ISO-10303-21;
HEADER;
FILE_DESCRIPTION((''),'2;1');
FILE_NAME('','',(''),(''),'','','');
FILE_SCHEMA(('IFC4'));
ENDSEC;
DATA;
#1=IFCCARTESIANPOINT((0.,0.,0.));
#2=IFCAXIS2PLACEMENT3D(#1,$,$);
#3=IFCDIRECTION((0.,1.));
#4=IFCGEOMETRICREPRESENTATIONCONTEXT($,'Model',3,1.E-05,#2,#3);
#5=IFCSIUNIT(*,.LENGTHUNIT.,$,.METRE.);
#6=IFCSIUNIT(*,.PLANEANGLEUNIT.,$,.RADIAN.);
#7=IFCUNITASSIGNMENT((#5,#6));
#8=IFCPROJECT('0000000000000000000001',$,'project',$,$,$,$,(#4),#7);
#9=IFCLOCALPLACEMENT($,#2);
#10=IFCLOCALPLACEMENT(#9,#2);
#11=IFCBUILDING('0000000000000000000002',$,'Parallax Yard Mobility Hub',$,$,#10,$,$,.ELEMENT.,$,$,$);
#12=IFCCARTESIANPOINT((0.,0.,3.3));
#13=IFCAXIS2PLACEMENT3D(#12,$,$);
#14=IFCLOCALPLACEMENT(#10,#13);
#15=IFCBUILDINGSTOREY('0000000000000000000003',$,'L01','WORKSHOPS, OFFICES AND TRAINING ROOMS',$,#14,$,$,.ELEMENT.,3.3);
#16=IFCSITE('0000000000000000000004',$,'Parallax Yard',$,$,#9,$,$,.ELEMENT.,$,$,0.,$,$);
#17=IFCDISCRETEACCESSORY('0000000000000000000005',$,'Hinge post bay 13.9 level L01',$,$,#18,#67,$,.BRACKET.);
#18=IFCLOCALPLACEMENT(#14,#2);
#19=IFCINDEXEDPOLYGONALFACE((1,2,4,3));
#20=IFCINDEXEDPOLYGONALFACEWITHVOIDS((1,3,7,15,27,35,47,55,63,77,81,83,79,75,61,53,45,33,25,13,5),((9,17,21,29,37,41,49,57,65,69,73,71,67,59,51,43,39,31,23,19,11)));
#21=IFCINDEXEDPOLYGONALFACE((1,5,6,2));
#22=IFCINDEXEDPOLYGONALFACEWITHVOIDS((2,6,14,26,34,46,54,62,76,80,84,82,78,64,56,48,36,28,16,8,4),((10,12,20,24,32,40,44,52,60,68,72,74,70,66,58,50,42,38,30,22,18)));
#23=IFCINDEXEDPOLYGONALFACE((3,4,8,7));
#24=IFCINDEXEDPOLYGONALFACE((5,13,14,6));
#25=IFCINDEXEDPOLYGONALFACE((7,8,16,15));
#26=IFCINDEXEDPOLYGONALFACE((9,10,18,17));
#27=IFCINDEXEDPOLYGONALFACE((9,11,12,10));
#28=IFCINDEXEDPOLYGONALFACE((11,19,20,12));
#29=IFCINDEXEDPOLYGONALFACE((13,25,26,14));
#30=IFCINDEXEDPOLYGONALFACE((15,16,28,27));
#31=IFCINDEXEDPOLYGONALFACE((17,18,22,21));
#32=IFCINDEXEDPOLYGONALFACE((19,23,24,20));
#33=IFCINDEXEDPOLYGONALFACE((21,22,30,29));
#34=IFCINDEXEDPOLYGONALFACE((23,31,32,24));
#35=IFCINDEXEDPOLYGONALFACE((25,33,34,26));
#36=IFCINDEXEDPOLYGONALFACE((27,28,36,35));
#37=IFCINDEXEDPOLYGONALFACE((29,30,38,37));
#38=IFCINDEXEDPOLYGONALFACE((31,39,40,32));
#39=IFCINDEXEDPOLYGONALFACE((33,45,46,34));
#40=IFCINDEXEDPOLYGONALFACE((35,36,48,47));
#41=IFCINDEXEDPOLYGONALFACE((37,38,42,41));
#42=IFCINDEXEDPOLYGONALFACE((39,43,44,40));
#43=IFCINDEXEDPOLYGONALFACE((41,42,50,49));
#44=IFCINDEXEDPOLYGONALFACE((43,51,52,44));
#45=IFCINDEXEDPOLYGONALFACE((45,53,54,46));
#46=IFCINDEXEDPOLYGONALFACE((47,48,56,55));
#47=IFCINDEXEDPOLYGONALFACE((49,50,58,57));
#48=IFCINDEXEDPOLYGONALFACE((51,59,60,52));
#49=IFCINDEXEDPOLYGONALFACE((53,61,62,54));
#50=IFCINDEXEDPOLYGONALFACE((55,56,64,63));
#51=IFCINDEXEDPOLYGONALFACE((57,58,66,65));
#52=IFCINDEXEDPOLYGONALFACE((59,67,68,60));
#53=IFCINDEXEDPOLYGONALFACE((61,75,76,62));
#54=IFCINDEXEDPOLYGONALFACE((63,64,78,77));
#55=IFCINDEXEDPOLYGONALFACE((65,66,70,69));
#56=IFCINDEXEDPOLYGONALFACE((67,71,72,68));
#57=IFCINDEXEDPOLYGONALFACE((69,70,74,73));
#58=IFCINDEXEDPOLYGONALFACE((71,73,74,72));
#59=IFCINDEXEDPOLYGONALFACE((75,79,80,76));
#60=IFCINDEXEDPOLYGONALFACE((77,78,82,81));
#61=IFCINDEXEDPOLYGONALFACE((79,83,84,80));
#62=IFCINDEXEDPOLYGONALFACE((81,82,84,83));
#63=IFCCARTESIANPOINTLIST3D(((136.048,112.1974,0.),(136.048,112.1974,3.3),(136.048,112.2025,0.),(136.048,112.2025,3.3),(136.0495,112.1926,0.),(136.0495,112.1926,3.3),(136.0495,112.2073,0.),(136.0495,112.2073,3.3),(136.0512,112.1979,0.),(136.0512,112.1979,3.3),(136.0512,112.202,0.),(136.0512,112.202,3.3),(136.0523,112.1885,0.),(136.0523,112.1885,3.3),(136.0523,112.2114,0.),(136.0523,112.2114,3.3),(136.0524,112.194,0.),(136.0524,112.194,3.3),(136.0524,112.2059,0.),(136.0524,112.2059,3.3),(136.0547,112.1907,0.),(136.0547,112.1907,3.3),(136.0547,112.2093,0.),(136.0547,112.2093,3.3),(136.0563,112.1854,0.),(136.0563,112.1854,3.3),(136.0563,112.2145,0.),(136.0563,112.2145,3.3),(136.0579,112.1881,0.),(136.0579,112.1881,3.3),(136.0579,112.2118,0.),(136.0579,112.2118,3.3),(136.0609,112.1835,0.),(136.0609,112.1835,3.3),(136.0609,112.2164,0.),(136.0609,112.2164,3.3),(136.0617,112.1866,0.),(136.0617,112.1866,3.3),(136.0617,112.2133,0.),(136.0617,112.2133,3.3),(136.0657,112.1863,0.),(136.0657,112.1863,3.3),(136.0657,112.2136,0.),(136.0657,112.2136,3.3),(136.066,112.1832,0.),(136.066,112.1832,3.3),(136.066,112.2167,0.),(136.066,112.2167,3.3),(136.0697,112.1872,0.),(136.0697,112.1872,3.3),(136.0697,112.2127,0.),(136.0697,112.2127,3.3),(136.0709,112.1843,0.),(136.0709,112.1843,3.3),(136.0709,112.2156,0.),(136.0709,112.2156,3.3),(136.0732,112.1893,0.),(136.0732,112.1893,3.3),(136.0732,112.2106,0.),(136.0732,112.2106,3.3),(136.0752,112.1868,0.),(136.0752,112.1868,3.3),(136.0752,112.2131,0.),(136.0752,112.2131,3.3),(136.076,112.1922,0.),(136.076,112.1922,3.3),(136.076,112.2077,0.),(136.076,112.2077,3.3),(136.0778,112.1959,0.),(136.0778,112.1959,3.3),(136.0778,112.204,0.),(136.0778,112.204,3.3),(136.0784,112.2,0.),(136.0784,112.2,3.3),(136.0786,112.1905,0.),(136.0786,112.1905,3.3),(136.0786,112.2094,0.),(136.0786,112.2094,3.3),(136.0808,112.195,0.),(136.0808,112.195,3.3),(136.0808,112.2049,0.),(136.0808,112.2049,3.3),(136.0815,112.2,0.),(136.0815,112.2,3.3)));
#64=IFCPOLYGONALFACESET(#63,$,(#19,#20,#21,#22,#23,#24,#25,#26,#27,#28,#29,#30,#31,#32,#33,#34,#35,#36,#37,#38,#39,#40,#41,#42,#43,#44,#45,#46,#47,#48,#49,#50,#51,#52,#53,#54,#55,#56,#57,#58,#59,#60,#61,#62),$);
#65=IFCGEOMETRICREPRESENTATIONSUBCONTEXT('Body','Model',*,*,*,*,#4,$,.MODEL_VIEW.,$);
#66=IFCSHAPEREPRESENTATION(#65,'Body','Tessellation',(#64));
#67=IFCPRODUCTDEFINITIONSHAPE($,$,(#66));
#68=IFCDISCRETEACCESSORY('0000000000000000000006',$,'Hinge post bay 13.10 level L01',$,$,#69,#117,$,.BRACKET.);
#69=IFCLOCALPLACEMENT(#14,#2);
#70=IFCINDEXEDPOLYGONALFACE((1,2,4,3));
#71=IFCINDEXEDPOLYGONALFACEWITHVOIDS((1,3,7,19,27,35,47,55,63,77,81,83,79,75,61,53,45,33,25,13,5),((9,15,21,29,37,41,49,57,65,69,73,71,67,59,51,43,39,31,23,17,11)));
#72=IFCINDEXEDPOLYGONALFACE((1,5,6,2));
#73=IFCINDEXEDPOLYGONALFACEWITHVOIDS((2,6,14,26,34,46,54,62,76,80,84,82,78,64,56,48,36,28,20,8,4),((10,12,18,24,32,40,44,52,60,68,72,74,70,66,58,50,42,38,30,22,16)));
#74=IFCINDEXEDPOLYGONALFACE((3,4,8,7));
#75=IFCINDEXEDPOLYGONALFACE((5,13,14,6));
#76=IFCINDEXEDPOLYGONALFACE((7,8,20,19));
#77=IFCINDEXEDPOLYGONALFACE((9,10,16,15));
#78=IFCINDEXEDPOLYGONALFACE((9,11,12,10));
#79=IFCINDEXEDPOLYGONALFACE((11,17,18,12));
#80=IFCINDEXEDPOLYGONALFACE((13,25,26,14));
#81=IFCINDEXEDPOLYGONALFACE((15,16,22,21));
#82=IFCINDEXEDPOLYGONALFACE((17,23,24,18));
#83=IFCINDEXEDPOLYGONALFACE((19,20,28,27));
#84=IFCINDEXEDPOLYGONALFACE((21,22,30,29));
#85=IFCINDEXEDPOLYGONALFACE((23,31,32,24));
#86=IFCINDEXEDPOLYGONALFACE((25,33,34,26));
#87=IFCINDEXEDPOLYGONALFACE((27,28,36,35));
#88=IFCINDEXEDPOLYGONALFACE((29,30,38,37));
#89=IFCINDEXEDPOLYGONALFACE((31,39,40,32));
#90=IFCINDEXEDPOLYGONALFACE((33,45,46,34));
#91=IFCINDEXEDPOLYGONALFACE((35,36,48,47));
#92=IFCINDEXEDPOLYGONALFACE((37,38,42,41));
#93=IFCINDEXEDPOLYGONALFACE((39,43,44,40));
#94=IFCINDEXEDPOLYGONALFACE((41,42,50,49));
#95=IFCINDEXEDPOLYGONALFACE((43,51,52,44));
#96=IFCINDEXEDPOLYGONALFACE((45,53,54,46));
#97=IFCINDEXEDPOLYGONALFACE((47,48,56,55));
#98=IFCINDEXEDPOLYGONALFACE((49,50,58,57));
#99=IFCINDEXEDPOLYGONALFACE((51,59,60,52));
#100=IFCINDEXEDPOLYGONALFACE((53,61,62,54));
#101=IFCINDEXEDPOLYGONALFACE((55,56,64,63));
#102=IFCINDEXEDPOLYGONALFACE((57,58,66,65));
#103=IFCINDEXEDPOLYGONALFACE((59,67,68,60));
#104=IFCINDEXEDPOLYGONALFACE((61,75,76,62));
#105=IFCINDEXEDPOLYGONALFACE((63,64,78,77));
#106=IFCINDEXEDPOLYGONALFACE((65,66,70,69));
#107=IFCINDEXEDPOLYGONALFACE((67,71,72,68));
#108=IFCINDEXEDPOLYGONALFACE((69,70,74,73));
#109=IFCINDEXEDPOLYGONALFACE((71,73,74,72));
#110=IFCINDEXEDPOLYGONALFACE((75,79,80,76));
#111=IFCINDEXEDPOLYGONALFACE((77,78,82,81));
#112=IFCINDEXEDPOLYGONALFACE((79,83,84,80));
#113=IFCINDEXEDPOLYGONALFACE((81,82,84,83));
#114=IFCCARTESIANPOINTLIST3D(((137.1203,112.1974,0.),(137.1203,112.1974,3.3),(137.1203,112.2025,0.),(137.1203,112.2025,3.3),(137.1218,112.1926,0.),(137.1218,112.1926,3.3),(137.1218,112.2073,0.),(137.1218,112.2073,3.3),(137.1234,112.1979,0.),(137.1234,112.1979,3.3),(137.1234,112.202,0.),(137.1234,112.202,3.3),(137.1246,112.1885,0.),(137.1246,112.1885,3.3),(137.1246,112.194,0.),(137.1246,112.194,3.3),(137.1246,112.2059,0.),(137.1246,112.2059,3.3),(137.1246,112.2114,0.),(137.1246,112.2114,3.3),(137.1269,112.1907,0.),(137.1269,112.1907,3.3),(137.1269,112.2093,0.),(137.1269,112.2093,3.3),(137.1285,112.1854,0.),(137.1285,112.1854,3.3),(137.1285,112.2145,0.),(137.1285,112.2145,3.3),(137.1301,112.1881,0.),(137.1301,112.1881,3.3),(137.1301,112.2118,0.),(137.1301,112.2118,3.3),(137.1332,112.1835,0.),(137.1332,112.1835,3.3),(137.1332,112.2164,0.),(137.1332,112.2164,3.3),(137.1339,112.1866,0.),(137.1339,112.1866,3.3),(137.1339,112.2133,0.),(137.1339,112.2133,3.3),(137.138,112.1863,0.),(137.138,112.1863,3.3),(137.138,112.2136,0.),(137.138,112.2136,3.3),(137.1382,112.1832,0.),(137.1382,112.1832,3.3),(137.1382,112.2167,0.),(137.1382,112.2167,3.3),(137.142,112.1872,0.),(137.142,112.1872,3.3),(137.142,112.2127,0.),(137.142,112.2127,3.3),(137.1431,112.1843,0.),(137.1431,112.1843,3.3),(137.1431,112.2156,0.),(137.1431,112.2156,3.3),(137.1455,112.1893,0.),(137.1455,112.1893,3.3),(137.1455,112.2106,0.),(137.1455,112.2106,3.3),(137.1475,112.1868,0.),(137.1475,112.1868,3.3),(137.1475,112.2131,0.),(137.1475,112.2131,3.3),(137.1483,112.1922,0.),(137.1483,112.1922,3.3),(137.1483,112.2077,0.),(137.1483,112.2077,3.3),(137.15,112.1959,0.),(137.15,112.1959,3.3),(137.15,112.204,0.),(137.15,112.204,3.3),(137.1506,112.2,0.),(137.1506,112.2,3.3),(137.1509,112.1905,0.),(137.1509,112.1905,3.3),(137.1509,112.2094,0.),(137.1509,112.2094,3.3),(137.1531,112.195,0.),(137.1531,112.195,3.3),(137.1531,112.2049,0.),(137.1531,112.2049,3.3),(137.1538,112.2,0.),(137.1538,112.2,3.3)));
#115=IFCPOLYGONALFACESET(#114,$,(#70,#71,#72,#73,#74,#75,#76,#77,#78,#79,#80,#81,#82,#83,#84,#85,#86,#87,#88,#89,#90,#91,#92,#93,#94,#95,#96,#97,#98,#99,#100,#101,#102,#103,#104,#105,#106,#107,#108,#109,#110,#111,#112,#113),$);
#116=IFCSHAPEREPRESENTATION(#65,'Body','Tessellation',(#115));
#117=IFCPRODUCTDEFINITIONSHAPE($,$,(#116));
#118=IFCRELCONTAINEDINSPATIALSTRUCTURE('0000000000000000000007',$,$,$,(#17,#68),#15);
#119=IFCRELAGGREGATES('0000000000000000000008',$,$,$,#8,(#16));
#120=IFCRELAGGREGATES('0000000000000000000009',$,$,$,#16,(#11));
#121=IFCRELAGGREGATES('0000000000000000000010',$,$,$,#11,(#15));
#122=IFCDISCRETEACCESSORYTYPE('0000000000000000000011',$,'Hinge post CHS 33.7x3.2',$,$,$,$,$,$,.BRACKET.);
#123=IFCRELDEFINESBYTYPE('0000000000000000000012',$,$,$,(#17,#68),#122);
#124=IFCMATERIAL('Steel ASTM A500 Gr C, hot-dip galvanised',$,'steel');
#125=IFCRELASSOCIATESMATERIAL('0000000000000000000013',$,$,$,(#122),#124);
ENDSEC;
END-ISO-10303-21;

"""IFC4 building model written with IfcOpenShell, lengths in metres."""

from ifc_helpers import new_model, si_unit, direction, frame, origin, origin_2d, place, context, subcontext, project, spatial, hollow_circle, extrude, material, material_profile, profile_set, type_object, element, save


model = new_model("IFC4")

# Units and contexts
model_context = context("Model", 3, precision=1e-05, world=origin(), true_north=direction((0.0, 1.0)))
body_context = subcontext(model_context, "Body", "Model", "MODEL_VIEW")
ifc_project = project(units=[si_unit("LENGTHUNIT", "METRE"), si_unit("PLANEANGLEUNIT", "RADIAN")], contexts=[model_context])

# Site, building, storey
site_placement = place(None, origin())
site = spatial("IfcSite", under=ifc_project, at=site_placement, Name="Parallax Yard", CompositionType="ELEMENT", RefElevation=0.0)
building_placement = place(site_placement, origin())
building = spatial("IfcBuilding", under=site, at=building_placement, Name="Parallax Yard Mobility Hub", CompositionType="ELEMENT")
storey_placement = place(building_placement, frame((0.0, 0.0, 3.3)))
storey = spatial("IfcBuildingStorey", under=building, at=storey_placement, Name="L01", Description="WORKSHOPS, OFFICES AND TRAINING ROOMS", CompositionType="ELEMENT", Elevation=3.3)

# Discrete accessories
ifc_material_1 = material(Name="Steel ASTM A500 Gr C, hot-dip galvanised", Category="steel")
ifc_material_profile_1 = material_profile(ifc_material_1, hollow_circle(Radius=0.0168, WallThickness=0.0032, at=origin_2d()), Name="CHS 33.7x3.2")
ifc_profile_set_1 = profile_set([ifc_material_profile_1], Name="Steel ASTM A500 Gr C, hot-dip galvanised")
discrete_accessory_type_1 = type_object("IfcDiscreteAccessoryType", Name="Hinge post CHS 33.7x3.2", PredefinedType="BRACKET", material=ifc_profile_set_1)
for number, where, z_axis, x_axis, name in (
    (1, (136.0647, 112.2, 0.0), (0.0, 0.0, 1.0), (1.0, 0.0, 0.0), "Hinge post bay 13.9 level L01"),
    (2, (137.137, 112.2, 0.0), (0.0, 0.0, 1.0), (1.0, 0.0, 0.0), "Hinge post bay 13.10 level L01"),
):
    element("IfcDiscreteAccessory", number, at=place(storey_placement, frame(where, z_axis=z_axis, x_axis=x_axis)), inside=storey, type_object=discrete_accessory_type_1, Name=name, PredefinedType="BRACKET", context=body_context, shape_type="SweptSolid", body=[
        extrude(hollow_circle(Radius=0.0168, WallThickness=0.0032, at=origin_2d()), origin(), (0.0, 0.0, 1.0), 3.3),
    ])

save(model, "model.ifc")
